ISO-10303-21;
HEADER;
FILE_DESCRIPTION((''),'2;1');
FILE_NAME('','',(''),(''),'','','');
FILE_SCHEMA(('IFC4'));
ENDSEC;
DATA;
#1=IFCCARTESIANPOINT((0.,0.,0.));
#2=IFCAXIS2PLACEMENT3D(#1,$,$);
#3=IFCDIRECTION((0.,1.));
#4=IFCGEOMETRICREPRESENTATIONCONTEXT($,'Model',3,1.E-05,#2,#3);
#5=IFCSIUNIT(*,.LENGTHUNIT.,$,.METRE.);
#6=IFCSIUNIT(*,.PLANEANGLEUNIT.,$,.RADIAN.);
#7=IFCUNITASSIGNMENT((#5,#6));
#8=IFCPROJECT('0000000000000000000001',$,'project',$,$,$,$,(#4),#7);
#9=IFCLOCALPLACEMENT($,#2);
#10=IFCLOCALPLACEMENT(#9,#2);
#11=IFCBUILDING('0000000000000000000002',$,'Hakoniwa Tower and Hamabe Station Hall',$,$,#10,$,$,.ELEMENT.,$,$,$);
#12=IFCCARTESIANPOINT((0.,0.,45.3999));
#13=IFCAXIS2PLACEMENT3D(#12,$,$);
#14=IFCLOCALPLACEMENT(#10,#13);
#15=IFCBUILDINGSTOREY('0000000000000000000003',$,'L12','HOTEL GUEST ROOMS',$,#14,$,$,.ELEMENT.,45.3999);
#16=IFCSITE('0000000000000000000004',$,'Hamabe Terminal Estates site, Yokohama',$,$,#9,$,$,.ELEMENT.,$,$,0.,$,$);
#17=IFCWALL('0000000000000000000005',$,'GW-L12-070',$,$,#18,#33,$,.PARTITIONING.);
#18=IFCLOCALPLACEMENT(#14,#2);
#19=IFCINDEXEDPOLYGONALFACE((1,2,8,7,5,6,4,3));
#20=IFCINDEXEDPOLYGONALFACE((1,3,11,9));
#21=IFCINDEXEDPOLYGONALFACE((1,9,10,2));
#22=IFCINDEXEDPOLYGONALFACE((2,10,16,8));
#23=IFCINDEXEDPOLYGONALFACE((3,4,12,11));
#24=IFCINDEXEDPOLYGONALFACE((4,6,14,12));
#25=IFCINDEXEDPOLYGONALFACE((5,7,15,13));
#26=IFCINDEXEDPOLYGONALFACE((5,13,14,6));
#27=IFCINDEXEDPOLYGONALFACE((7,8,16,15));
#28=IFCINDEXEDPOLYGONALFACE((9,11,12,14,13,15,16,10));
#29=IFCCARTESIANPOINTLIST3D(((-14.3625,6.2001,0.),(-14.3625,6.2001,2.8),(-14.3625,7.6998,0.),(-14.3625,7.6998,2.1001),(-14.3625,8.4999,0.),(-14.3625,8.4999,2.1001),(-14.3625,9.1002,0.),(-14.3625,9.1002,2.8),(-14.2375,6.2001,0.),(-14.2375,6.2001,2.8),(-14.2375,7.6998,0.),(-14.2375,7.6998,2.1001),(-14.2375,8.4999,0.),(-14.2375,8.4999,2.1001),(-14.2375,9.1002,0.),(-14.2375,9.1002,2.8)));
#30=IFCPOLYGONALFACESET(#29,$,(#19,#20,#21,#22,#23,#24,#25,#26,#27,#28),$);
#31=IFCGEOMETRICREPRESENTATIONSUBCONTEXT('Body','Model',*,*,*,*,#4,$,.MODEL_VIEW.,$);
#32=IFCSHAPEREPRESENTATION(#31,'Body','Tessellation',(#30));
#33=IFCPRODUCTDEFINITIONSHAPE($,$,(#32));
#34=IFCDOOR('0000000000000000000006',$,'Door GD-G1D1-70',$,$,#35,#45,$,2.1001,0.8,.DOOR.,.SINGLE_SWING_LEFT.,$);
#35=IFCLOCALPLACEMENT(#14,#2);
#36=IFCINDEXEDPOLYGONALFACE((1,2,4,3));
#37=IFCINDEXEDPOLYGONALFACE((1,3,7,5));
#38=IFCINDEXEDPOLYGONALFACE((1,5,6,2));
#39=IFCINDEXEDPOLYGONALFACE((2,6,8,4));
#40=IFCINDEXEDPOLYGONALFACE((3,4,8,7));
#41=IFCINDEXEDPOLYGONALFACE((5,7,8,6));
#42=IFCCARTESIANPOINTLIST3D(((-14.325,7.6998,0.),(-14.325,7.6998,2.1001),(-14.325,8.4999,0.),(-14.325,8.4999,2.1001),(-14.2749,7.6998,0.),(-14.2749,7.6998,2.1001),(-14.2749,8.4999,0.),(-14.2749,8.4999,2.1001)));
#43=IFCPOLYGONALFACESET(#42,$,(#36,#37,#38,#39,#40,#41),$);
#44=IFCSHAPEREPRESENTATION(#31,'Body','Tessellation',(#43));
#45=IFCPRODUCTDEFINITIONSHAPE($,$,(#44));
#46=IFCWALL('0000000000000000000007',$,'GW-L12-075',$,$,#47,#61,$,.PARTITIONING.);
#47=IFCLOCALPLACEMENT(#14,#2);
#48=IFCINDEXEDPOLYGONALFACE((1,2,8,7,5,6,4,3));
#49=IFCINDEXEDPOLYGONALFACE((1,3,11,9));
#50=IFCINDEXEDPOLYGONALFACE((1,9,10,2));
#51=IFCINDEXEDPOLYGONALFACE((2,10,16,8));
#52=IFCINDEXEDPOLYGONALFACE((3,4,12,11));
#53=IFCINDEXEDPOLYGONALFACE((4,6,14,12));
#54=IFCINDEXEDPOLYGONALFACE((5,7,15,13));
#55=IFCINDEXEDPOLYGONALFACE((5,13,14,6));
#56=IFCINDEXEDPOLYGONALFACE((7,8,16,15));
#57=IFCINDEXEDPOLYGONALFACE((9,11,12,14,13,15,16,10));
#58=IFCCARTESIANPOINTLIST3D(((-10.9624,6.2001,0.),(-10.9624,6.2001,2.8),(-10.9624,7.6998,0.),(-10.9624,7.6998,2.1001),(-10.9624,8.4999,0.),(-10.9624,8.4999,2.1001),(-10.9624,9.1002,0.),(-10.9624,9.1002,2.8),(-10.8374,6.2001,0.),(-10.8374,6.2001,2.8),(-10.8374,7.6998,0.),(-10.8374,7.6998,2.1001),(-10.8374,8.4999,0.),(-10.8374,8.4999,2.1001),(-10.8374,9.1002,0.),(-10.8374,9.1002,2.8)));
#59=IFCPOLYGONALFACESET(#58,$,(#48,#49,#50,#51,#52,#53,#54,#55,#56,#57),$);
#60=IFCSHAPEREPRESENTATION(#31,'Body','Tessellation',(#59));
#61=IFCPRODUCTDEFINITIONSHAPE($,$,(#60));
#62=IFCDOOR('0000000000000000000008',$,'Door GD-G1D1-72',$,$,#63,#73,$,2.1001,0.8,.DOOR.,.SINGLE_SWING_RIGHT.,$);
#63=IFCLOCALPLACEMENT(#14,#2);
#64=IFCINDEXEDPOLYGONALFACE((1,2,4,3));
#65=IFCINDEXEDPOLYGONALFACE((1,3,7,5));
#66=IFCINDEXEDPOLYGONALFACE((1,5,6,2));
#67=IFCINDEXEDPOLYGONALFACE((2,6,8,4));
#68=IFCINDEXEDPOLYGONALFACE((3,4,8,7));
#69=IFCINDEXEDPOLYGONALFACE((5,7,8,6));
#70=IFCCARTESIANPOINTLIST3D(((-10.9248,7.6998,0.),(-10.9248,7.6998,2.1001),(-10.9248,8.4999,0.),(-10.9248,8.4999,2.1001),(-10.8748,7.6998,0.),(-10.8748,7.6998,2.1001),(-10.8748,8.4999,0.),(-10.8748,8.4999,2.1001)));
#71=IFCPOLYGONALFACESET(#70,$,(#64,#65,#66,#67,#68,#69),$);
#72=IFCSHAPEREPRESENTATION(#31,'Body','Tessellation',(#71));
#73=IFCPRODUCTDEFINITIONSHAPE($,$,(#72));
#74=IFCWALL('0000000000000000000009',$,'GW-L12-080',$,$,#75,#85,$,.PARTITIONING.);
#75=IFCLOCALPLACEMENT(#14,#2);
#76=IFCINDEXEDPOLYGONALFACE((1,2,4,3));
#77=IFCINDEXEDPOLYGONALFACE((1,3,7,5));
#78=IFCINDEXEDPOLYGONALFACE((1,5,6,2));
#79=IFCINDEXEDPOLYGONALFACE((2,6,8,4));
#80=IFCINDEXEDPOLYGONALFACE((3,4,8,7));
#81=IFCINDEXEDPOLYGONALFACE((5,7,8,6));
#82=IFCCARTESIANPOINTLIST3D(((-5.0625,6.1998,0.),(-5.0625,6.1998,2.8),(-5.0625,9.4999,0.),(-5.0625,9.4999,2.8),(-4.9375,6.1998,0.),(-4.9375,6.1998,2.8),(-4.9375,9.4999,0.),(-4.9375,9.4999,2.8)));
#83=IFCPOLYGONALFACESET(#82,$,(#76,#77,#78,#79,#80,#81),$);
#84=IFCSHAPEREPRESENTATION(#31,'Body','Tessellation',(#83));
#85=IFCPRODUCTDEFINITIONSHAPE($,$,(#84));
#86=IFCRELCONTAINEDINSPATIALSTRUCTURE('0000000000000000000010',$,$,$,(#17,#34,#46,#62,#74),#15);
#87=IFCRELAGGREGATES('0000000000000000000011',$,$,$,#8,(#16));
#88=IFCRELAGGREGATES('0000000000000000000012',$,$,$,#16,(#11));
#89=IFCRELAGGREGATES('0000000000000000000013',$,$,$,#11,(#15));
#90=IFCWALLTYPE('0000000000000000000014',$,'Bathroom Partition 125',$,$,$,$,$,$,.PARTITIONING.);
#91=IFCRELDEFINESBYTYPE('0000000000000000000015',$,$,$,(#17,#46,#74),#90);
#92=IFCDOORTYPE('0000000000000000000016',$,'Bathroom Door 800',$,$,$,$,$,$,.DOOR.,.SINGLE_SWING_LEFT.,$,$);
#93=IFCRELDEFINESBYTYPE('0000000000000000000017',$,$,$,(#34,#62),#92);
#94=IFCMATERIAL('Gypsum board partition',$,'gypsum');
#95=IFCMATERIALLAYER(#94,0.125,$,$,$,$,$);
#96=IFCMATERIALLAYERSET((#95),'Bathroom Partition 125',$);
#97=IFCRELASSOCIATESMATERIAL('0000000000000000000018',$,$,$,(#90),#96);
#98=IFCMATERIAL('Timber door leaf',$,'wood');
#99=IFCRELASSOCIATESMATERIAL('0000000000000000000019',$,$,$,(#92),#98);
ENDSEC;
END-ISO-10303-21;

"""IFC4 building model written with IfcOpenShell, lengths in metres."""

from ifc_helpers import new_model, si_unit, direction, frame, frame_2d, origin, place, context, subcontext, project, spatial, rectangle, extrude, material, layer, layer_set, type_object, element, fill, save


model = new_model("IFC4")

# Units and contexts
model_context = context("Model", 3, precision=1e-05, world=origin(), true_north=direction((0.0, 1.0)))
body_context = subcontext(model_context, "Body", "Model", "MODEL_VIEW")
ifc_project = project(units=[si_unit("LENGTHUNIT", "METRE"), si_unit("PLANEANGLEUNIT", "RADIAN")], contexts=[model_context])

# Site, building, storey
site_placement = place(None, origin())
site = spatial("IfcSite", under=ifc_project, at=site_placement, Name="Hamabe Terminal Estates site, Yokohama", CompositionType="ELEMENT", RefElevation=0.0)
building_placement = place(site_placement, origin())
building = spatial("IfcBuilding", under=site, at=building_placement, Name="Hakoniwa Tower and Hamabe Station Hall", CompositionType="ELEMENT")
storey_placement = place(building_placement, frame((0.0, 0.0, 45.3999)))
storey = spatial("IfcBuildingStorey", under=building, at=storey_placement, Name="L12", Description="HOTEL GUEST ROOMS", CompositionType="ELEMENT", Elevation=45.3999)

# Shared definitions
ifc_material_1 = material(Name="Gypsum board partition", Category="gypsum")
ifc_layer_1 = layer(ifc_material_1, 0.125)
ifc_layer_set_1 = layer_set([ifc_layer_1], Name="Bathroom Partition 125")
wall_type_1 = type_object("IfcWallType", Name="Bathroom Partition 125", PredefinedType="PARTITIONING", material=ifc_layer_set_1)

# Walls, openings, doors
ifc_material_2 = material(Name="Timber door leaf", Category="wood")
door_type_1 = type_object("IfcDoorType", Name="Bathroom Door 800", OperationType="SINGLE_SWING_LEFT", PredefinedType="DOOR", material=ifc_material_2)
wall_1_placement = place(storey_placement, frame((-14.3, 6.2, 0.0), z_axis=(0.0, 0.0, 1.0), x_axis=(0.0, 1.0, 0.0)))
wall_1 = element("IfcWall", 1, at=wall_1_placement, inside=storey, type_object=wall_type_1, Name="GW-L12-070", PredefinedType="PARTITIONING", context=body_context, shape_type="SweptSolid", body=[
    extrude(rectangle(XDim=2.9001, YDim=0.125, at=frame_2d((1.4502, 0.0))), origin(), (0.0, 0.0, 1.0), 2.8),
])
opening_1_placement = place(wall_1_placement, frame((1.5, 0.0, 0.0)))
opening_1 = element("IfcOpeningElement", 2, at=opening_1_placement, cuts=wall_1, PredefinedType="OPENING", context=body_context, shape_type="SweptSolid", body=[
    extrude(rectangle(XDim=0.8, YDim=2.1001, at=frame_2d((0.3999, 1.05))), frame((0.0, 0.0725, 0.0), z_axis=(0.0, -1.0, 0.0), x_axis=(1.0, 0.0, 0.0)), (0.0, 0.0, 1.0), 0.145),
])
door_1_placement = place(opening_1_placement, origin())
door_1 = element("IfcDoor", 3, at=door_1_placement, inside=storey, type_object=door_type_1, Name="Door GD-G1D1-70", OperationType="SINGLE_SWING_LEFT", OverallHeight=2.1001, OverallWidth=0.8, PredefinedType="DOOR", context=body_context, shape_type="SweptSolid", body=[
    extrude(rectangle(XDim=0.8, YDim=2.1001, at=frame_2d((0.3999, 1.05))), frame((0.0, 0.0249, 0.0), z_axis=(0.0, -1.0, 0.0), x_axis=(1.0, 0.0, 0.0)), (0.0, 0.0, 1.0), 0.05),
])
fill(opening_1, door_1)
wall_2_placement = place(storey_placement, frame((-10.8999, 6.2, 0.0), z_axis=(0.0, 0.0, 1.0), x_axis=(0.0, 1.0, 0.0)))
wall_2 = element("IfcWall", 4, at=wall_2_placement, inside=storey, type_object=wall_type_1, Name="GW-L12-075", PredefinedType="PARTITIONING", context=body_context, shape_type="SweptSolid", body=[
    extrude(rectangle(XDim=2.9001, YDim=0.125, at=frame_2d((1.4502, 0.0))), origin(), (0.0, 0.0, 1.0), 2.8),
])
opening_2_placement = place(wall_2_placement, frame((1.5, 0.0, 0.0)))
opening_2 = element("IfcOpeningElement", 5, at=opening_2_placement, cuts=wall_2, PredefinedType="OPENING", context=body_context, shape_type="SweptSolid", body=[
    extrude(rectangle(XDim=0.8, YDim=2.1001, at=frame_2d((0.3999, 1.05))), frame((0.0, 0.0725, 0.0), z_axis=(0.0, -1.0, 0.0), x_axis=(1.0, 0.0, 0.0)), (0.0, 0.0, 1.0), 0.145),
])
door_2_placement = place(opening_2_placement, origin())
door_2 = element("IfcDoor", 6, at=door_2_placement, inside=storey, type_object=door_type_1, Name="Door GD-G1D1-72", OperationType="SINGLE_SWING_RIGHT", OverallHeight=2.1001, OverallWidth=0.8, PredefinedType="DOOR", context=body_context, shape_type="SweptSolid", body=[
    extrude(rectangle(XDim=0.8, YDim=2.1001, at=frame_2d((0.3999, 1.05))), frame((0.0, 0.0249, 0.0), z_axis=(0.0, -1.0, 0.0), x_axis=(1.0, 0.0, 0.0)), (0.0, 0.0, 1.0), 0.05),
])
fill(opening_2, door_2)

# Wall
wall_3_placement = place(storey_placement, frame((-5.0, 6.2, 0.0), z_axis=(0.0, 0.0, 1.0), x_axis=(0.0, 1.0, 0.0)))
element("IfcWall", 7, at=wall_3_placement, inside=storey, type_object=wall_type_1, Name="GW-L12-080", PredefinedType="PARTITIONING", context=body_context, shape_type="SweptSolid", body=[
    extrude(rectangle(XDim=3.3, YDim=0.125, at=frame_2d((1.6499, 0.0))), origin(), (0.0, 0.0, 1.0), 2.8),
])

save(model, "model.ifc")
